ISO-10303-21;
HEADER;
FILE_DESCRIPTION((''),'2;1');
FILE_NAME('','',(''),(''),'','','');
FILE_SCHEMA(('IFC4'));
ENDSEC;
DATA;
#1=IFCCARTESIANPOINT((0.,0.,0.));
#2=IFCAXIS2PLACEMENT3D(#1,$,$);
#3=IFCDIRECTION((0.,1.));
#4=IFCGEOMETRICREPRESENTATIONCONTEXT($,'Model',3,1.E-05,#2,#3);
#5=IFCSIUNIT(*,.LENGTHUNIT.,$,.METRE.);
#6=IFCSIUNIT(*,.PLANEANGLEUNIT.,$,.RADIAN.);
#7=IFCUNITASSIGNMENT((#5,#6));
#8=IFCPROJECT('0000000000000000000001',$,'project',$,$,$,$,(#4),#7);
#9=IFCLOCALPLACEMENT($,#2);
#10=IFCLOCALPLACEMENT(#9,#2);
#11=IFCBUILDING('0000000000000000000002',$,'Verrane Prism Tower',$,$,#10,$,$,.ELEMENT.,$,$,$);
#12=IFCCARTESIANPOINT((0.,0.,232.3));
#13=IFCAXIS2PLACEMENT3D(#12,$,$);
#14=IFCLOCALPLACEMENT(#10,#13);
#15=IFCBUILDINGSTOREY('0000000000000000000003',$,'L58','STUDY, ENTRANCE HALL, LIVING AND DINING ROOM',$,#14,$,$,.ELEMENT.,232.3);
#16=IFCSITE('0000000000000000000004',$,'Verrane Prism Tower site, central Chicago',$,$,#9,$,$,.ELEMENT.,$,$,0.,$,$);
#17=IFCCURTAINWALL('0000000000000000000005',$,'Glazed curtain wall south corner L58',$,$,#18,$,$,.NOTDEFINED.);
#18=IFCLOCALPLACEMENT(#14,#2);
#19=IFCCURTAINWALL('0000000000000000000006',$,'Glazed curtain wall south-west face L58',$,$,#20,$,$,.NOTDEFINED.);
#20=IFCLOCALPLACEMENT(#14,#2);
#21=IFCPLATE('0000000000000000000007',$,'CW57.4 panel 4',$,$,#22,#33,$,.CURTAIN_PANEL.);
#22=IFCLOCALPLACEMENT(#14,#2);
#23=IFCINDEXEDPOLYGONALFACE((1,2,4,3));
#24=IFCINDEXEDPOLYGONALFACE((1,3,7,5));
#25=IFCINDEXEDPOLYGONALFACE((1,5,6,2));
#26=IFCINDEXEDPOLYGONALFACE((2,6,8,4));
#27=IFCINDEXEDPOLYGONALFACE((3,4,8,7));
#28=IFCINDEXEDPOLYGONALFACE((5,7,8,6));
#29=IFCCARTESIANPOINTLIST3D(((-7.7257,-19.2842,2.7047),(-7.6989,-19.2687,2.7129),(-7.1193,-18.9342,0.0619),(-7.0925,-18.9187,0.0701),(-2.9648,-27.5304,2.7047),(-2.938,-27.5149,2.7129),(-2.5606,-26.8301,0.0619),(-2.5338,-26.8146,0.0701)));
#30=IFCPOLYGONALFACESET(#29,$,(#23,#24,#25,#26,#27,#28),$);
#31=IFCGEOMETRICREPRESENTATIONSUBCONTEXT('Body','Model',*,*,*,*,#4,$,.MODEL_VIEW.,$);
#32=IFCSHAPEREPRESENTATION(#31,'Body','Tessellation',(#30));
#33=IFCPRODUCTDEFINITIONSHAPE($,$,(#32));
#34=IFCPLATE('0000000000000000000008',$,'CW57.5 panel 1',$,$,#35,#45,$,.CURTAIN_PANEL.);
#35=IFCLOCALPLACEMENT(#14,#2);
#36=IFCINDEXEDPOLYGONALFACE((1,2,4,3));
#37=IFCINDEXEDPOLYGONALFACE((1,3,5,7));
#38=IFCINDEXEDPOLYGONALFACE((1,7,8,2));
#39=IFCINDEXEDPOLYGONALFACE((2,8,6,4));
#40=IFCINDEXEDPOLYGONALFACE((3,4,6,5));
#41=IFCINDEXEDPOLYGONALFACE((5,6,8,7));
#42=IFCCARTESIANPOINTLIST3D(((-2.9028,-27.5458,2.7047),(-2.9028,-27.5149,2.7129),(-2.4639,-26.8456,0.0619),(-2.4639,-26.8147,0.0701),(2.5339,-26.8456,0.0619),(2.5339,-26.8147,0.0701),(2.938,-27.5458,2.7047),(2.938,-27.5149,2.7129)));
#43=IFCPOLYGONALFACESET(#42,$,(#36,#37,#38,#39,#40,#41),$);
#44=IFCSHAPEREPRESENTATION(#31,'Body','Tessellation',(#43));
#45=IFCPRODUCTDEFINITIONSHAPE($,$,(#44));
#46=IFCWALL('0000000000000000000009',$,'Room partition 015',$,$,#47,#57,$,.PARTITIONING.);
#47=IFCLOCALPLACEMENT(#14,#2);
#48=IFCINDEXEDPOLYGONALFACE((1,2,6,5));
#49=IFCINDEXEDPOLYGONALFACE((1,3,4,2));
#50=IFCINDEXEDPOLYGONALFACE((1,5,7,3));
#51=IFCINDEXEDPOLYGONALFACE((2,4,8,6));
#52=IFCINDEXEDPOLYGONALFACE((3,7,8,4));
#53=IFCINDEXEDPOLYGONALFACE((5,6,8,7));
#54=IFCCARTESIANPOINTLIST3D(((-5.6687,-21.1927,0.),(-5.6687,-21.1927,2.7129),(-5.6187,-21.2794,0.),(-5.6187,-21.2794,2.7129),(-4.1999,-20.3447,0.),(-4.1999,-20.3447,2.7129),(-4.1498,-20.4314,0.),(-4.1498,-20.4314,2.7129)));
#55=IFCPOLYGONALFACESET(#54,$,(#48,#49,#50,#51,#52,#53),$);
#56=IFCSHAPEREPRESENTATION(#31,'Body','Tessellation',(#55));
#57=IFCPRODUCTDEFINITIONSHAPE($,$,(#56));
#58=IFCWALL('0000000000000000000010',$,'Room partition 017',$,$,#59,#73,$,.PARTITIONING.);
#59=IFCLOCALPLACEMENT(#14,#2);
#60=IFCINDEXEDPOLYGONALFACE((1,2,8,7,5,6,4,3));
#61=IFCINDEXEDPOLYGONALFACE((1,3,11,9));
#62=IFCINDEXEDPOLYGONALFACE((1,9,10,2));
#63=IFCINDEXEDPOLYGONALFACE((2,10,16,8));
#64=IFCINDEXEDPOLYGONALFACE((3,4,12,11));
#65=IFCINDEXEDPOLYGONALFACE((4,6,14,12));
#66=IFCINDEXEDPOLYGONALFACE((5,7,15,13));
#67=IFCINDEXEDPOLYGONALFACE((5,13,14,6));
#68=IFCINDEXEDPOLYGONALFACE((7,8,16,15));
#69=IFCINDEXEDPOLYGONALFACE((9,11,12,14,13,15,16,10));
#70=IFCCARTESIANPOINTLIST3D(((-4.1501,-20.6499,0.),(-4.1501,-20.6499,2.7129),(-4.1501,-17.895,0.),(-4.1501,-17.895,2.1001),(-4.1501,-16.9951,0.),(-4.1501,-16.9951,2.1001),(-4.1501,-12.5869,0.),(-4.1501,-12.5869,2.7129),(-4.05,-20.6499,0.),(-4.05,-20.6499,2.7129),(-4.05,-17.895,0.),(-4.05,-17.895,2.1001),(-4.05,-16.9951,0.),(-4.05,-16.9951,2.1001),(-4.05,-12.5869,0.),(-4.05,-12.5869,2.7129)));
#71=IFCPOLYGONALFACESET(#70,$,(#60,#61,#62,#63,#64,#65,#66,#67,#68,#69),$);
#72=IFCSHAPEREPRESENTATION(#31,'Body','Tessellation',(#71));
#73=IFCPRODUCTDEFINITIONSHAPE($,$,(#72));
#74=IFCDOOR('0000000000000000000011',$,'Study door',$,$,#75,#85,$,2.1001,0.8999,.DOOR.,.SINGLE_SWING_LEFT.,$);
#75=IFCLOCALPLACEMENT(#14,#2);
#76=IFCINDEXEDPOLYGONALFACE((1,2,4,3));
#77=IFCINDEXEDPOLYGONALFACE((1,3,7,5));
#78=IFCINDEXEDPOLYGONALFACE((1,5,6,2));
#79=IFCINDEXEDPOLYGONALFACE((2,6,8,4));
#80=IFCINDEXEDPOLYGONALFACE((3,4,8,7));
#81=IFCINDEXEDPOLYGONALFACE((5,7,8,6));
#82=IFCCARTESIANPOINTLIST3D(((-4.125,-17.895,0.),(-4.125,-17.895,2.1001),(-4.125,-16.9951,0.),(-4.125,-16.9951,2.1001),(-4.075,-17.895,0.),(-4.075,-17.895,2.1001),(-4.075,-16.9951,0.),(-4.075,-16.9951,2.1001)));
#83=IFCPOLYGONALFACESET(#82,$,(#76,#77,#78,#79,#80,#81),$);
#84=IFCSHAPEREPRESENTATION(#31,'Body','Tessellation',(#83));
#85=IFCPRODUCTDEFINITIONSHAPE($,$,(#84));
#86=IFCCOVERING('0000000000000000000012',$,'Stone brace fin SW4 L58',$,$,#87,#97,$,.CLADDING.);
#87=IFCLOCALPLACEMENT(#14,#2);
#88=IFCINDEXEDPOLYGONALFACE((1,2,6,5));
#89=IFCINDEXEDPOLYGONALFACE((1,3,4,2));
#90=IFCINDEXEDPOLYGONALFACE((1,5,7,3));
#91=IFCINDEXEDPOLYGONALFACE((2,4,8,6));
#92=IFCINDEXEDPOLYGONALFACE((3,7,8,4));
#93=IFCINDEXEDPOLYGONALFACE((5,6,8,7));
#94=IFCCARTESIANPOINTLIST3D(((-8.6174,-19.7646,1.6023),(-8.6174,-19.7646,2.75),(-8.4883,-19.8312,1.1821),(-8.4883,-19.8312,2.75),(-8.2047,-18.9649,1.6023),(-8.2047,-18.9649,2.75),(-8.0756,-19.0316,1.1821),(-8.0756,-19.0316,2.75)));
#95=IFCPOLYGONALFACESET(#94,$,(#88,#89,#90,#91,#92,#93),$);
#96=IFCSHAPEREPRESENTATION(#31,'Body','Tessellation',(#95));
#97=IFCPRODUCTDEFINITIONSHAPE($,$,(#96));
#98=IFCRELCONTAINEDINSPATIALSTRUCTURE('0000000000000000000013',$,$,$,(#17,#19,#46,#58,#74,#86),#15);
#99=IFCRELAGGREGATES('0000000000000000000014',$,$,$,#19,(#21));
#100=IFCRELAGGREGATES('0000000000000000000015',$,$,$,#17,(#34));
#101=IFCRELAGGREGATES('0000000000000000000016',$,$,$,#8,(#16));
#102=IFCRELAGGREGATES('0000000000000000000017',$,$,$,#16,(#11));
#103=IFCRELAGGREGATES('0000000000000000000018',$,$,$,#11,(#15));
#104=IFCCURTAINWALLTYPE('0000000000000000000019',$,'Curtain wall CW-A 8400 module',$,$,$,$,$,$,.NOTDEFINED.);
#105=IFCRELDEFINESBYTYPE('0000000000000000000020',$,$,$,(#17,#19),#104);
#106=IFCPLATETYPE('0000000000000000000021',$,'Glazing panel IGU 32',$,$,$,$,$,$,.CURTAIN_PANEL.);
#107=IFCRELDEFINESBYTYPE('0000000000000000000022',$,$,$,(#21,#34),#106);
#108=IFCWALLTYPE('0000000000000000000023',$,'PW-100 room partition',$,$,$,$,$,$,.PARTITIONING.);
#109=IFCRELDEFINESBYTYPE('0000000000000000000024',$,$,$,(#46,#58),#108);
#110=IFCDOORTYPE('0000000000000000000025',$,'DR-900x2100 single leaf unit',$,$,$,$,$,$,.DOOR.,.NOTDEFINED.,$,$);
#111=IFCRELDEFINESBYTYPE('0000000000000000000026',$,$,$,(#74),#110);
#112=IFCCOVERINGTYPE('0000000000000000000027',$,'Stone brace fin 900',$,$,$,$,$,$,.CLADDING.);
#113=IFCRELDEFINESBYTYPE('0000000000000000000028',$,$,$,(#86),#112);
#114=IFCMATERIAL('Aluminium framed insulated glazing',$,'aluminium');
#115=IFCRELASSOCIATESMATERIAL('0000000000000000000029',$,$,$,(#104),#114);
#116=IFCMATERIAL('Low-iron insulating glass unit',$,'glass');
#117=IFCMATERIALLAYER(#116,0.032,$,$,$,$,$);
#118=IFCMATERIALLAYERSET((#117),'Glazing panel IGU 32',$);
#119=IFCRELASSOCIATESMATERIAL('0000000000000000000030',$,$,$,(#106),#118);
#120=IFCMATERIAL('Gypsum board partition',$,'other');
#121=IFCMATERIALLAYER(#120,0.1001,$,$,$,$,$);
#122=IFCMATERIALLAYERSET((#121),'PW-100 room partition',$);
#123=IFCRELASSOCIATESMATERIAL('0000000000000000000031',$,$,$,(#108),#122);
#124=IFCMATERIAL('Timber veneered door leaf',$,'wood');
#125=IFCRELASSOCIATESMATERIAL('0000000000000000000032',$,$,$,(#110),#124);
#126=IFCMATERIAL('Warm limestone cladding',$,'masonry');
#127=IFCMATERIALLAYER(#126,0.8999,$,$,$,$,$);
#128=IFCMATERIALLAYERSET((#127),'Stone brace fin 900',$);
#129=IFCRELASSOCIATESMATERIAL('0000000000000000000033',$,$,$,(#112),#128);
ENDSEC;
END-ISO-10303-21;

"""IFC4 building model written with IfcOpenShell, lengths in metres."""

from ifc_helpers import new_model, si_unit, direction, frame, frame_2d, origin, place, context, subcontext, project, spatial, polyline, rectangle, outline, extrude, material, layer, layer_set, type_object, element, fill, aggregate, save


model = new_model("IFC4")

# Units and contexts
model_context = context("Model", 3, precision=1e-05, world=origin(), true_north=direction((0.0, 1.0)))
body_context = subcontext(model_context, "Body", "Model", "MODEL_VIEW")
ifc_project = project(units=[si_unit("LENGTHUNIT", "METRE"), si_unit("PLANEANGLEUNIT", "RADIAN")], contexts=[model_context])

# Site, building, storey
site_placement = place(None, origin())
site = spatial("IfcSite", under=ifc_project, at=site_placement, Name="Verrane Prism Tower site, central Chicago", CompositionType="ELEMENT", RefElevation=0.0)
building_placement = place(site_placement, origin())
building = spatial("IfcBuilding", under=site, at=building_placement, Name="Verrane Prism Tower", CompositionType="ELEMENT")
storey_placement = place(building_placement, frame((0.0, 0.0, 232.3)))
storey = spatial("IfcBuildingStorey", under=building, at=storey_placement, Name="L58", Description="STUDY, ENTRANCE HALL, LIVING AND DINING ROOM", CompositionType="ELEMENT", Elevation=232.3)

# Curtain wall
ifc_material_1 = material(Name="Aluminium framed insulated glazing", Category="aluminium")
curtain_wall_type = type_object("IfcCurtainWallType", Name="Curtain wall CW-A 8400 module", PredefinedType="NOTDEFINED", material=ifc_material_1)
curtain_wall_1_placement = place(storey_placement, origin())
curtain_wall_1 = element("IfcCurtainWall", 1, at=curtain_wall_1_placement, inside=storey, type_object=curtain_wall_type, Name="Glazed curtain wall south corner L58", PredefinedType="NOTDEFINED")

# Curtain wall
curtain_wall_2_placement = place(storey_placement, origin())
curtain_wall_2 = element("IfcCurtainWall", 2, at=curtain_wall_2_placement, inside=storey, type_object=curtain_wall_type, Name="Glazed curtain wall south-west face L58", PredefinedType="NOTDEFINED")

# Plates
ifc_material_2 = material(Name="Low-iron insulating glass unit", Category="glass")
ifc_layer_1 = layer(ifc_material_2, 0.032)
ifc_layer_set_1 = layer_set([ifc_layer_1], Name="Glazing panel IGU 32")
plate_type = type_object("IfcPlateType", Name="Glazing panel IGU 32", PredefinedType="CURTAIN_PANEL", material=ifc_layer_set_1)
plate_1_placement = place(storey_placement, frame((-7.0925, -18.9187, 0.0701), z_axis=(0.837149, 0.483325, 0.256084), x_axis=(0.499997, -0.866027, 0.000003)))
plate_1 = element("IfcPlate", 3, at=plate_1_placement, type_object=plate_type, Name="CW57.4 panel 4", PredefinedType="CURTAIN_PANEL", context=body_context, shape_type="SweptSolid", body=[
    extrude(outline(polyline([(0.0, 0.0), (9.1174, 0.0), (9.5218, -2.734), (0.0, -2.734), (0.0, 0.0)])), origin(), (0.0, 0.0, -1.0), 0.032),
])
aggregate(curtain_wall_2, [plate_1])
plate_2_placement = place(storey_placement, frame((-2.4639, -26.8147, 0.0701), z_axis=(0.0, 0.966649, 0.256106), x_axis=(1.0, 0.0, 0.0)))
plate_2 = element("IfcPlate", 4, at=plate_2_placement, type_object=plate_type, Name="CW57.5 panel 1", PredefinedType="CURTAIN_PANEL", context=body_context, shape_type="SweptSolid", body=[
    extrude(outline(polyline([(0.0, 0.0), (4.9978, 0.0), (5.4019, -2.734), (-0.439, -2.734), (0.0, 0.0)])), origin(), (0.0, 0.0, -1.0), 0.032),
])
aggregate(curtain_wall_1, [plate_2])

# Wall
ifc_material_3 = material(Name="Gypsum board partition", Category="other")
ifc_layer_2 = layer(ifc_material_3, 0.1001)
ifc_layer_set_2 = layer_set([ifc_layer_2], Name="PW-100 room partition")
wall_type = type_object("IfcWallType", Name="PW-100 room partition", PredefinedType="PARTITIONING", material=ifc_layer_set_2)
wall_1_placement = place(storey_placement, frame((-5.6438, -21.2361, 0.0), z_axis=(0.0, 0.0, 1.0), x_axis=(0.866047, 0.499963, 0.0)))
element("IfcWall", 5, at=wall_1_placement, inside=storey, type_object=wall_type, Name="Room partition 015", PredefinedType="PARTITIONING", context=body_context, shape_type="SweptSolid", body=[
    extrude(rectangle(XDim=1.696, YDim=0.1001, at=frame_2d((0.8481, 0.0))), origin(), (0.0, 0.0, 1.0), 2.7129),
])

# Wall, opening, door
wall_2_placement = place(storey_placement, frame((-4.1001, -20.6499, 0.0), z_axis=(0.0, 0.0, 1.0), x_axis=(0.0, 1.0, 0.0)))
wall_2 = element("IfcWall", 6, at=wall_2_placement, inside=storey, type_object=wall_type, Name="Room partition 017", PredefinedType="PARTITIONING", context=body_context, shape_type="SweptSolid", body=[
    extrude(rectangle(XDim=8.063, YDim=0.1001, at=frame_2d((4.0315, 0.0))), origin(), (0.0, 0.0, 1.0), 2.7129),
])
opening_placement = place(wall_2_placement, frame((2.7549, 0.0, 0.0)))
opening = element("IfcOpeningElement", 7, at=opening_placement, cuts=wall_2, PredefinedType="OPENING", context=body_context, shape_type="SweptSolid", body=[
    extrude(rectangle(XDim=0.8999, YDim=2.1001, at=frame_2d((0.45, 1.05))), frame((0.0, 0.0601, 0.0), z_axis=(0.0, -1.0, 0.0), x_axis=(1.0, 0.0, 0.0)), (0.0, 0.0, 1.0), 0.1201),
])
ifc_material_4 = material(Name="Timber veneered door leaf", Category="wood")
door_type = type_object("IfcDoorType", Name="DR-900x2100 single leaf unit", OperationType="NOTDEFINED", PredefinedType="DOOR", material=ifc_material_4)
door_placement = place(opening_placement, origin())
door = element("IfcDoor", 8, at=door_placement, inside=storey, type_object=door_type, Name="Study door", OperationType="SINGLE_SWING_LEFT", OverallHeight=2.1001, OverallWidth=0.8999, PredefinedType="DOOR", context=body_context, shape_type="SweptSolid", body=[
    extrude(rectangle(XDim=0.8999, YDim=2.1001, at=frame_2d((0.45, 1.05))), frame((0.0, 0.0249, 0.0), z_axis=(0.0, -1.0, 0.0), x_axis=(1.0, 0.0, 0.0)), (0.0, 0.0, 1.0), 0.05),
])
fill(opening, door)

# Covering
ifc_material_5 = material(Name="Warm limestone cladding", Category="masonry")
ifc_layer_3 = layer(ifc_material_5, 0.8999)
ifc_layer_set_3 = layer_set([ifc_layer_3], Name="Stone brace fin 900")
covering_type = type_object("IfcCoveringType", Name="Stone brace fin 900", PredefinedType="CLADDING", material=ifc_layer_set_3)
covering_placement = place(storey_placement, frame((-8.282, -19.4314, 1.1821), z_axis=(0.0, 0.0, 1.0), x_axis=(-0.888643, 0.4586, 0.0)))
element("IfcCovering", 9, at=covering_placement, inside=storey, type_object=covering_type, Name="Stone brace fin SW4 L58", PredefinedType="CLADDING", context=body_context, shape_type="SweptSolid", body=[
    extrude(outline(polyline([(0.1453, 1.5679), (0.0, 1.5679), (0.0, 0.0), (0.1453, 0.4202), (0.1453, 1.5679)])), frame((0.0, 0.45, 0.0), z_axis=(0.0, -1.0, 0.0), x_axis=(1.0, 0.0, 0.0)), (0.0, 0.0, 1.0), 0.8999),
])

save(model, "model.ifc")
